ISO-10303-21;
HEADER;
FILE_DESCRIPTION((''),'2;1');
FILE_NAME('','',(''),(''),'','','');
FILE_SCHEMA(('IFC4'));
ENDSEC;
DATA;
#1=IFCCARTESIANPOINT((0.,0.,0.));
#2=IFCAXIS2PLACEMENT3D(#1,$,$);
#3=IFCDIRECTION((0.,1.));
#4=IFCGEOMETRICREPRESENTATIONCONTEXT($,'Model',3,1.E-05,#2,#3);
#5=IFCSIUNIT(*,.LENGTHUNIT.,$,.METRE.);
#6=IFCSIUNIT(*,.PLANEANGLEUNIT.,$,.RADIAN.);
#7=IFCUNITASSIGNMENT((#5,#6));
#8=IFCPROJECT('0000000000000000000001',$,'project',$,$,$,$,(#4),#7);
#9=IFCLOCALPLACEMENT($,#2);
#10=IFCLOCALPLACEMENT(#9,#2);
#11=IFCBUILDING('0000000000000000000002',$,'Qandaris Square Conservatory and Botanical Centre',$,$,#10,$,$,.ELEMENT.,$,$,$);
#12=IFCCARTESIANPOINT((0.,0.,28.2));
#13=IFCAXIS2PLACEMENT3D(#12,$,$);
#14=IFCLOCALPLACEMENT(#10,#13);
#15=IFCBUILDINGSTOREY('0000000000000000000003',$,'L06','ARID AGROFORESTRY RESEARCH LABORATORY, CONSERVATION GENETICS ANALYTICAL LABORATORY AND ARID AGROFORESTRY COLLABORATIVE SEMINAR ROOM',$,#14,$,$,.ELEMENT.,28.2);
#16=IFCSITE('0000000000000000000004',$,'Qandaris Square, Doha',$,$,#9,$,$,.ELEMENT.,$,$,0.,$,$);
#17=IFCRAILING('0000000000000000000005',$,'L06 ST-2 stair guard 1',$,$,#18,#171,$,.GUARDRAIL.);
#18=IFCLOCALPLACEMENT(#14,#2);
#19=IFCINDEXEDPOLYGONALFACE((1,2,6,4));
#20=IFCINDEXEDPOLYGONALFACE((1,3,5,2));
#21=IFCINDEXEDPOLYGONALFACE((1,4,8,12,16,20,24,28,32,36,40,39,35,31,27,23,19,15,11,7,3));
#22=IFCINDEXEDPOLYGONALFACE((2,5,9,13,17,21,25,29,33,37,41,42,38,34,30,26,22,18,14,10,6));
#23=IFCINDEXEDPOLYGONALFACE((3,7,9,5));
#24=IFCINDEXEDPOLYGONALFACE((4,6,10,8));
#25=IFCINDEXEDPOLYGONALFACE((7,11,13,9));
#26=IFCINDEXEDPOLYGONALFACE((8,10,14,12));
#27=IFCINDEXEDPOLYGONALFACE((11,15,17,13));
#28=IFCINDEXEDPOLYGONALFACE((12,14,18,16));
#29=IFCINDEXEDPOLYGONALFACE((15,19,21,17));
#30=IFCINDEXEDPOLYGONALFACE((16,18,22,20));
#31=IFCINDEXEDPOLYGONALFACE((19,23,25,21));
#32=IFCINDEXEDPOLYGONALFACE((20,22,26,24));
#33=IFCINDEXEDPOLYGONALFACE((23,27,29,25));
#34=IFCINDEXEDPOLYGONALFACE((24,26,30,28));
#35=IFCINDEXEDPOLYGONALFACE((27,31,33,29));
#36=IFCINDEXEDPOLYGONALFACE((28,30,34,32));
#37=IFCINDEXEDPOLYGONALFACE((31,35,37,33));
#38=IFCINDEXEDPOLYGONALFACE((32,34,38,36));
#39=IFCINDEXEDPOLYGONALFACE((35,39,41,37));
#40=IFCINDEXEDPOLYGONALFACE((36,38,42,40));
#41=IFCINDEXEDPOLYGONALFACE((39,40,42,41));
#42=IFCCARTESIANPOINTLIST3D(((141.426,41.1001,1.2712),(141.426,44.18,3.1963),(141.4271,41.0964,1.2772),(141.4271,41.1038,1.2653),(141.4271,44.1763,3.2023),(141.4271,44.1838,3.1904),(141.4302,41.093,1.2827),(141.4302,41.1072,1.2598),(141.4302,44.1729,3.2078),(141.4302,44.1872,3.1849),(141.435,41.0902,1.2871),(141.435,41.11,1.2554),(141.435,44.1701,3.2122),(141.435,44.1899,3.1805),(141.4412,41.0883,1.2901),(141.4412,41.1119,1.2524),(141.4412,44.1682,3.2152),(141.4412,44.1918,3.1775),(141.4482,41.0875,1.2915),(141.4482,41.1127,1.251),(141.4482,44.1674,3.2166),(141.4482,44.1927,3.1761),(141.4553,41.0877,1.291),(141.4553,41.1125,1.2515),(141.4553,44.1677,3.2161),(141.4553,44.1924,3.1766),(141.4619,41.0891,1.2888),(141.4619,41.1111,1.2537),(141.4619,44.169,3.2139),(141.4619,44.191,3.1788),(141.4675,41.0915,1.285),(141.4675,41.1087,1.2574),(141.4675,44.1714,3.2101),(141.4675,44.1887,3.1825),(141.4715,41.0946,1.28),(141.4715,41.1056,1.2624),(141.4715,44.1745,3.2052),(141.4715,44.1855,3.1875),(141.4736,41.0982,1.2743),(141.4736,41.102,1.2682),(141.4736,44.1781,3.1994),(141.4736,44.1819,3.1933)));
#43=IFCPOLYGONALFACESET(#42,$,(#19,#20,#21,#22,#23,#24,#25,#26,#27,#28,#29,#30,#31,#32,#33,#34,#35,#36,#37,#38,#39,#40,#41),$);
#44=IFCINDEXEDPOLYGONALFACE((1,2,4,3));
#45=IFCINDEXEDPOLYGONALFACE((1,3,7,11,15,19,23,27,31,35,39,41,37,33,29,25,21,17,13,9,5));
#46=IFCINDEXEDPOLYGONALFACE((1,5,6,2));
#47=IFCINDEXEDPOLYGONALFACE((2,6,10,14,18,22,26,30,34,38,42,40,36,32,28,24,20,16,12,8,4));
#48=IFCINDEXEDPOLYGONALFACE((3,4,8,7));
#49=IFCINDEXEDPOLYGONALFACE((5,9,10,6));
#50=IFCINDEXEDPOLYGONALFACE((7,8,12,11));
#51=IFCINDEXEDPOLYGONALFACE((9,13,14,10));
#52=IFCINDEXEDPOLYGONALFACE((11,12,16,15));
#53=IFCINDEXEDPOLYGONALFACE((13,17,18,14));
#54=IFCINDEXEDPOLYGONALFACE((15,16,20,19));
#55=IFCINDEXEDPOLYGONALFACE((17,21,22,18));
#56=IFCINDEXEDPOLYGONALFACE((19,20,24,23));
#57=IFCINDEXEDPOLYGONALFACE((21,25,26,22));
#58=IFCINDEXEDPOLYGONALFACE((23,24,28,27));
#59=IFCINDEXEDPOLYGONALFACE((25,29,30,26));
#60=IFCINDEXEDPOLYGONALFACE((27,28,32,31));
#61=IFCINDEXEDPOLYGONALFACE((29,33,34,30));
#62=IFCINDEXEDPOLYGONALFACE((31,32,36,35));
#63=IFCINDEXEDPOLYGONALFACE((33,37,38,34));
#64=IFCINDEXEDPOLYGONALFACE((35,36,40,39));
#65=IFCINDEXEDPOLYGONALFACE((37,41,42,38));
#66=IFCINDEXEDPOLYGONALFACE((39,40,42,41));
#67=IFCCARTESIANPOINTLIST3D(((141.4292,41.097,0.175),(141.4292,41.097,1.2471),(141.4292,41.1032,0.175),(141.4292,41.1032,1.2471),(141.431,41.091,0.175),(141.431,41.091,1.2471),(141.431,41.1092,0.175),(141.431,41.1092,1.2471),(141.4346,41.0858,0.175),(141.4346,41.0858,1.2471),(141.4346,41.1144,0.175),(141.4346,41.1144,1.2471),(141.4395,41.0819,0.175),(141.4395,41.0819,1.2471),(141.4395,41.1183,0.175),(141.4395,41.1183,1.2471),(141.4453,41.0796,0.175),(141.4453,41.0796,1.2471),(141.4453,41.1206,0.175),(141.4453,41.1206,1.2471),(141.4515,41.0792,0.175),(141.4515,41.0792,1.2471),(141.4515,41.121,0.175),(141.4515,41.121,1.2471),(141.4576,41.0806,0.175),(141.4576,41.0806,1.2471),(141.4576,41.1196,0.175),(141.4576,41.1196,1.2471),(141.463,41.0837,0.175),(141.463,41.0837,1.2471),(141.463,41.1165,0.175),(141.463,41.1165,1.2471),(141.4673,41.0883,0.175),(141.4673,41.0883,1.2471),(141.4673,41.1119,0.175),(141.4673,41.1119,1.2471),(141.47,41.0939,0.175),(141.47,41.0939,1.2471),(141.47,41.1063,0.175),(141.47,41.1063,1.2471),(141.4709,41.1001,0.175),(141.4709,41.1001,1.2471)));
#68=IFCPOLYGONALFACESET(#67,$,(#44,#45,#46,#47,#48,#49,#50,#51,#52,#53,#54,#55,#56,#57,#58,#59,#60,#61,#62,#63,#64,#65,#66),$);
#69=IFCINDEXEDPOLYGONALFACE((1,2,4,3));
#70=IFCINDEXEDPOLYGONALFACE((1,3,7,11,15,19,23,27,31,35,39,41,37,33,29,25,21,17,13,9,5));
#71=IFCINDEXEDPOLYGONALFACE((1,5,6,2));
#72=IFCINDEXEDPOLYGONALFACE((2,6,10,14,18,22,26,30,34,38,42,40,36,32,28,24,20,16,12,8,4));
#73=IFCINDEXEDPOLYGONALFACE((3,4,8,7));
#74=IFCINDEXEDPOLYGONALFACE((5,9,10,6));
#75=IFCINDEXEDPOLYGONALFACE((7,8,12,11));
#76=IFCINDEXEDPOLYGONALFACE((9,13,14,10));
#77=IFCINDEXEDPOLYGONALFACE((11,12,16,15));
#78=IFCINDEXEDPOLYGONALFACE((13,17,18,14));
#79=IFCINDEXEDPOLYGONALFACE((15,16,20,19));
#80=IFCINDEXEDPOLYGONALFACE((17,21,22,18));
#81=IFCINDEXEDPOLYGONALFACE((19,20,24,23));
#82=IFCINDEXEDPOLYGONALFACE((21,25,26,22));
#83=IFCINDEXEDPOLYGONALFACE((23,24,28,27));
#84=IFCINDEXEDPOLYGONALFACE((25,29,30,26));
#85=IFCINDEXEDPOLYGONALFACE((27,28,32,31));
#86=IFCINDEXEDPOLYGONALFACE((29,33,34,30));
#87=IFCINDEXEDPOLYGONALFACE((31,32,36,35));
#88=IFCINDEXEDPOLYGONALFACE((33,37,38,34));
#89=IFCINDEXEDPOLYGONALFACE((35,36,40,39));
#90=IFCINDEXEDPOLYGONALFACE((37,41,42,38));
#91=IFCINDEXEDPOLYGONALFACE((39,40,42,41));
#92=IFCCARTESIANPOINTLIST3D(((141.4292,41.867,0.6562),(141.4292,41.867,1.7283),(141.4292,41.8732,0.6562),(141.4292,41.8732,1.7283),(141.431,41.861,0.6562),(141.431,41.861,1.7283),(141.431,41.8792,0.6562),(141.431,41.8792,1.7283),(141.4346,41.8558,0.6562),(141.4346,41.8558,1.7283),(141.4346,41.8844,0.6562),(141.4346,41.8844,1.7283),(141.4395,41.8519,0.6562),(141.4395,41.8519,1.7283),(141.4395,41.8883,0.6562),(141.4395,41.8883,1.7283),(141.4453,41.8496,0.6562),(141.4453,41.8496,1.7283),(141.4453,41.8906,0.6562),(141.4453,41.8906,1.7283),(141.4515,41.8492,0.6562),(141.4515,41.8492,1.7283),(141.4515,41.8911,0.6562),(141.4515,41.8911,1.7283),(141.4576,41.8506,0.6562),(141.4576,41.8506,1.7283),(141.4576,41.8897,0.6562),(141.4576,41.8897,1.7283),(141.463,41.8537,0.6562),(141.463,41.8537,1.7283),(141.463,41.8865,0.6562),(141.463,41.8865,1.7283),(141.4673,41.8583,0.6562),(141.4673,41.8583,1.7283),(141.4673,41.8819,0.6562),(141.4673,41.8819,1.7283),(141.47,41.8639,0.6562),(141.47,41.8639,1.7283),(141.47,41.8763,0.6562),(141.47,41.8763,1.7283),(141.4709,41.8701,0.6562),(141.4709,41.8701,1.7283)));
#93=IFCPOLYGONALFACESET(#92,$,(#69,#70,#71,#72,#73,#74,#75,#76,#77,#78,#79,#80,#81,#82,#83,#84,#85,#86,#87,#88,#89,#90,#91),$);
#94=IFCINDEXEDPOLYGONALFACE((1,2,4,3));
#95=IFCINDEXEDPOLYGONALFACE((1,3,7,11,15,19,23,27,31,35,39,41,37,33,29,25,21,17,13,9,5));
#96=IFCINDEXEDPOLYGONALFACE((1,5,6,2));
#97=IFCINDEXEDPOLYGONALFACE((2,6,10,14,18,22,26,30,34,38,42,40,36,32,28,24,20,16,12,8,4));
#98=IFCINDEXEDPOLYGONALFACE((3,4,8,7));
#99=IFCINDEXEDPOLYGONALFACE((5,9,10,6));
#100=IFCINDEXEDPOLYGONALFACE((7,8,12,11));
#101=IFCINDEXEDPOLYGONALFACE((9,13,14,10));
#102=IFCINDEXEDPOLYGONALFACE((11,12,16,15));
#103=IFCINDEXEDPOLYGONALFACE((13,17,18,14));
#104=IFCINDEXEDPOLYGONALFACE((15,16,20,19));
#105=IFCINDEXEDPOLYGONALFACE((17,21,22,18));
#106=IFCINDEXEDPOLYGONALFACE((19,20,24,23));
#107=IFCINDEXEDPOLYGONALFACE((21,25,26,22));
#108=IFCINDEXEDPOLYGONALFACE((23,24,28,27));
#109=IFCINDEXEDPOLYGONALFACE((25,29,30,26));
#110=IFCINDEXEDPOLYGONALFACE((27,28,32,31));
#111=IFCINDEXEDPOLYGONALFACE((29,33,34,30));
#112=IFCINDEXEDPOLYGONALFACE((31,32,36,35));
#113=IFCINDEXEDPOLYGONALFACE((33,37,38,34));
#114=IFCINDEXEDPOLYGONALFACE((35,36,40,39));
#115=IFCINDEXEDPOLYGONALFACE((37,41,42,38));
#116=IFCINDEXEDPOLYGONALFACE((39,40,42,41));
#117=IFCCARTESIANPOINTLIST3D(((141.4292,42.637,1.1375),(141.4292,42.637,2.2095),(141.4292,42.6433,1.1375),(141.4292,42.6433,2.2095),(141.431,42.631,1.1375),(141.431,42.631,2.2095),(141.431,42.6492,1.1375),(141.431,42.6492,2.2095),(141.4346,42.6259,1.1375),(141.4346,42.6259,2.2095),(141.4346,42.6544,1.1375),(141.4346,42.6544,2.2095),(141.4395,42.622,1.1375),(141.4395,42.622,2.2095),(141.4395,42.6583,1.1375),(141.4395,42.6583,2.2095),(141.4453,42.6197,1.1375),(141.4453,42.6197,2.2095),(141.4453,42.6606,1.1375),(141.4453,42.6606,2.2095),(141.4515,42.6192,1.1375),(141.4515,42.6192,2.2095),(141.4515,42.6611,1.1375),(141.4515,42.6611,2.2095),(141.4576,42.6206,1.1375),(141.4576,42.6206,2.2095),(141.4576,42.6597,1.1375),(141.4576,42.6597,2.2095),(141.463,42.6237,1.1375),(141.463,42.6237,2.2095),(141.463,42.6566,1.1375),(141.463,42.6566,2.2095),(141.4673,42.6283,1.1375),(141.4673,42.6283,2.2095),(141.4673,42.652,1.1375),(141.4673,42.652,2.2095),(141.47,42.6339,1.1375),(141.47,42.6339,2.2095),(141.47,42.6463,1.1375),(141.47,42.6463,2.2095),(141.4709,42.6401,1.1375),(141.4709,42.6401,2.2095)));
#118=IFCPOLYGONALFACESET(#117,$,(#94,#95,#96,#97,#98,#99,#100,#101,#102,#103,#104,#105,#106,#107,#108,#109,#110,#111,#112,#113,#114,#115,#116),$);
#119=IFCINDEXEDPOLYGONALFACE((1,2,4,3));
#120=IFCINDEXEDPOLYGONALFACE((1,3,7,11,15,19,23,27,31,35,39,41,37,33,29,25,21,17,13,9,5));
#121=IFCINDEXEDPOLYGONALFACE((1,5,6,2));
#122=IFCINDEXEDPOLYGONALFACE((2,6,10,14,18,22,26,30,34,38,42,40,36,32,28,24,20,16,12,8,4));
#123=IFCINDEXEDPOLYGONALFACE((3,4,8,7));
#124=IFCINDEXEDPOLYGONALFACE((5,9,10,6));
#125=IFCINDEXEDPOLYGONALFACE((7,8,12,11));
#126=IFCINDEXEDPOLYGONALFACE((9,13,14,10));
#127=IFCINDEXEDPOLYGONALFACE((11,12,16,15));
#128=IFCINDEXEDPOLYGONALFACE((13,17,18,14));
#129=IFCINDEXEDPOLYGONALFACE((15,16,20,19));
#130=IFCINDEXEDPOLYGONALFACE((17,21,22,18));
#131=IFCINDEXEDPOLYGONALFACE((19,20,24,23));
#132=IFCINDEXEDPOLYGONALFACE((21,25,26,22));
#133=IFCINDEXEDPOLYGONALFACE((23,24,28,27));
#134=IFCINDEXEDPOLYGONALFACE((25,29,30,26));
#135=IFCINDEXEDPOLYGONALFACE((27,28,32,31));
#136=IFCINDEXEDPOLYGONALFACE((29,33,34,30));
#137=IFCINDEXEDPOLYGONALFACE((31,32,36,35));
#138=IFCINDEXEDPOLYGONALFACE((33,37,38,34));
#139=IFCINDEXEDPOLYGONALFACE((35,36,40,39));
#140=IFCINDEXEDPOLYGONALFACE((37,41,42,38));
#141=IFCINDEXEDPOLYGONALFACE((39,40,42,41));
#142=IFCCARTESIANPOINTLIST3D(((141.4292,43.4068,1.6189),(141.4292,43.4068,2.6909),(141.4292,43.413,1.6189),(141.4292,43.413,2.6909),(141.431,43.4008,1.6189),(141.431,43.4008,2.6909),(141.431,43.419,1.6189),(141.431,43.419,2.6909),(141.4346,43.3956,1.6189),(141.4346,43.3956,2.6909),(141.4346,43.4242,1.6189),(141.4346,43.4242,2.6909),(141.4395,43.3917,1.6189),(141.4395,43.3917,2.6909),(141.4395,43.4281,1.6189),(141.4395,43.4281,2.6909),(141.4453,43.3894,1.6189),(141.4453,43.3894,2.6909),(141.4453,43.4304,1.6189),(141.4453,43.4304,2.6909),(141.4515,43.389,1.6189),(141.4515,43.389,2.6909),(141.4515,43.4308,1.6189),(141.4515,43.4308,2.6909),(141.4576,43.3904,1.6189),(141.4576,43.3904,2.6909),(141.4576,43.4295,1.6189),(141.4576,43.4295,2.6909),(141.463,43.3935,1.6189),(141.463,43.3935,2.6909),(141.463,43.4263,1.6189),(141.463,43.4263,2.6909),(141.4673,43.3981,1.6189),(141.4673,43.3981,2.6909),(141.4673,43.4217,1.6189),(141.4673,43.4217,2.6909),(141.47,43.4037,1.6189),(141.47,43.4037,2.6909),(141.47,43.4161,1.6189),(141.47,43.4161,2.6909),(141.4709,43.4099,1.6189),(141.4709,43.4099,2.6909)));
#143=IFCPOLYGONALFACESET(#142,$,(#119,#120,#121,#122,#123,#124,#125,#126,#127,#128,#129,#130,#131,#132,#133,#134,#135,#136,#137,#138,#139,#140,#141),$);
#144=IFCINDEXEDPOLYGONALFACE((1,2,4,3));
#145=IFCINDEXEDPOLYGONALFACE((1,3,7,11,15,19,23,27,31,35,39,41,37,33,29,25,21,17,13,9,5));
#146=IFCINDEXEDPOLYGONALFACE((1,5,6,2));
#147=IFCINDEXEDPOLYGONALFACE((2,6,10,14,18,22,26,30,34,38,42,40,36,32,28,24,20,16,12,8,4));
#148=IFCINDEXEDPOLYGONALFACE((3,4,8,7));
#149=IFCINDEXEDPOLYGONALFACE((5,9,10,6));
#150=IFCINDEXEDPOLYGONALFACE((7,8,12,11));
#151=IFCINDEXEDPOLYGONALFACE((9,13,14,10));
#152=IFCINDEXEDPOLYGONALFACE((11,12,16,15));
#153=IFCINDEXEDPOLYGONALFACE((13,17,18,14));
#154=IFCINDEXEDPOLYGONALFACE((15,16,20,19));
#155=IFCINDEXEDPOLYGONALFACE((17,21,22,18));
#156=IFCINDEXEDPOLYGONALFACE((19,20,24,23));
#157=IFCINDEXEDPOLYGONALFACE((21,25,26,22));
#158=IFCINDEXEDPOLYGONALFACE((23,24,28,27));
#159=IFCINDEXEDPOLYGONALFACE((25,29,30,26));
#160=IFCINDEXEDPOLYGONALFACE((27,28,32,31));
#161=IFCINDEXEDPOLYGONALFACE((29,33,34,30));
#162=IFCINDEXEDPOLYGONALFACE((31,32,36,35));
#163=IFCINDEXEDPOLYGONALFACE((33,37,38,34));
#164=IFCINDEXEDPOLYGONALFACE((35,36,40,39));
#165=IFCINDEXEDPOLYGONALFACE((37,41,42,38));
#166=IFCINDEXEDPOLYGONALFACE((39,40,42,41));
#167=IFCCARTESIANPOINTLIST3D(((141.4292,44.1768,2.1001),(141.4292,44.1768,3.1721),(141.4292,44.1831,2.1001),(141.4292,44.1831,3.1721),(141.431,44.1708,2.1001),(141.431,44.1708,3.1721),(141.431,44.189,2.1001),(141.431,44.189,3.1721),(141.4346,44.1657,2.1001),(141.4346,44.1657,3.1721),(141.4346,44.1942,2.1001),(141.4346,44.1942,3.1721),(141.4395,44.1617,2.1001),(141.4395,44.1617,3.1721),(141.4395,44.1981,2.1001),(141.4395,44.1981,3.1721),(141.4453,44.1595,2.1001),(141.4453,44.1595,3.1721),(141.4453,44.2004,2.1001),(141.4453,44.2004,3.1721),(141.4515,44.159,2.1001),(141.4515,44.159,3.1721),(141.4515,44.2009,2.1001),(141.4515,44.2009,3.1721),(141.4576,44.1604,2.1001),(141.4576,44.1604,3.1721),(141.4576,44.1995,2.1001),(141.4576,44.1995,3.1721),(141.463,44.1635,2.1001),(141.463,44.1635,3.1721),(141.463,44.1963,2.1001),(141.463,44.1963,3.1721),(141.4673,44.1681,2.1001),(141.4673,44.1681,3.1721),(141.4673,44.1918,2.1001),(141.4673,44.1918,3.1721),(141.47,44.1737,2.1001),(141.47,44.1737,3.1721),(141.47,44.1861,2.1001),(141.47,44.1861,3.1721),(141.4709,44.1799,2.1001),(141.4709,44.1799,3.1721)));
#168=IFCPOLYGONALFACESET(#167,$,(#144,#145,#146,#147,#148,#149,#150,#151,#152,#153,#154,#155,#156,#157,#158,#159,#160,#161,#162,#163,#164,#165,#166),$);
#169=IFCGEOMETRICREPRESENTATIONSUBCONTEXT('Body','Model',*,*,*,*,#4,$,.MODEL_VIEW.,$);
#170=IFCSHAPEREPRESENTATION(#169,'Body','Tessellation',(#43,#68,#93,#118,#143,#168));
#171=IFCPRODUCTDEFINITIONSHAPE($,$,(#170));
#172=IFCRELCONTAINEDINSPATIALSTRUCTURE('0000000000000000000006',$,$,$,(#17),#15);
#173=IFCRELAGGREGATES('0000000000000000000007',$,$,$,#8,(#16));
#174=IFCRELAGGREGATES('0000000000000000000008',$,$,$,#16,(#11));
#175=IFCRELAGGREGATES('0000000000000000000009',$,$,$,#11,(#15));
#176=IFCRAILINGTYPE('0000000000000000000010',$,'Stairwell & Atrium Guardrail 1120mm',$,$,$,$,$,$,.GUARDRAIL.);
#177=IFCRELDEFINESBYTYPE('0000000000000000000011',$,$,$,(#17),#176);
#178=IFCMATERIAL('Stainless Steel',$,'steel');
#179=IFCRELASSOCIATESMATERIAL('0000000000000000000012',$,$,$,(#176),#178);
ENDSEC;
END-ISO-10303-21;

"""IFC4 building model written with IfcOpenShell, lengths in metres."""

from ifc_helpers import new_model, si_unit, direction, frame, origin, origin_2d, place, context, subcontext, project, spatial, circle, extrude, material, type_object, element, save


model = new_model("IFC4")

# Units and contexts
model_context = context("Model", 3, precision=1e-05, world=origin(), true_north=direction((0.0, 1.0)))
body_context = subcontext(model_context, "Body", "Model", "MODEL_VIEW")
ifc_project = project(units=[si_unit("LENGTHUNIT", "METRE"), si_unit("PLANEANGLEUNIT", "RADIAN")], contexts=[model_context])

# Site, building, storey
site_placement = place(None, origin())
site = spatial("IfcSite", under=ifc_project, at=site_placement, Name="Qandaris Square, Doha", CompositionType="ELEMENT", RefElevation=0.0)
building_placement = place(site_placement, origin())
building = spatial("IfcBuilding", under=site, at=building_placement, Name="Qandaris Square Conservatory and Botanical Centre", CompositionType="ELEMENT")
storey_placement = place(building_placement, frame((0.0, 0.0, 28.2)))
storey = spatial("IfcBuildingStorey", under=building, at=storey_placement, Name="L06", Description="ARID AGROFORESTRY RESEARCH LABORATORY, CONSERVATION GENETICS ANALYTICAL LABORATORY AND ARID AGROFORESTRY COLLABORATIVE SEMINAR ROOM", CompositionType="ELEMENT", Elevation=28.2)

# Railing
ifc_material_1 = material(Name="Stainless Steel", Category="steel")
railing_type_1 = type_object("IfcRailingType", Name="Stairwell & Atrium Guardrail 1120mm", PredefinedType="GUARDRAIL", material=ifc_material_1)
railing_1_placement = place(storey_placement, frame((141.45, 41.1001, 0.175)))
element("IfcRailing", 1, at=railing_1_placement, inside=storey, type_object=railing_type_1, Name="L06 ST-2 stair guard 1", PredefinedType="GUARDRAIL", context=body_context, shape_type="SweptSolid", body=[
    extrude(circle(Radius=0.0239, at=origin_2d()), frame((0.0, 0.0, 1.0962), z_axis=(0.0, 0.847979, 0.530029), x_axis=(-1.0, 0.0, 0.0)), (0.0, 0.0, 1.0), 3.6321),
    extrude(circle(Radius=0.021, at=origin_2d()), origin(), (0.0, 0.0, 1.0), 1.072),
    extrude(circle(Radius=0.021, at=origin_2d()), frame((0.0, 0.77, 0.4812)), (0.0, 0.0, 1.0), 1.072),
    extrude(circle(Radius=0.021, at=origin_2d()), frame((0.0, 1.54, 0.9624)), (0.0, 0.0, 1.0), 1.072),
    extrude(circle(Radius=0.021, at=origin_2d()), frame((0.0, 2.3098, 1.4438)), (0.0, 0.0, 1.0), 1.072),
    extrude(circle(Radius=0.021, at=origin_2d()), frame((0.0, 3.0798, 1.925)), (0.0, 0.0, 1.0), 1.072),
])

save(model, "model.ifc")
